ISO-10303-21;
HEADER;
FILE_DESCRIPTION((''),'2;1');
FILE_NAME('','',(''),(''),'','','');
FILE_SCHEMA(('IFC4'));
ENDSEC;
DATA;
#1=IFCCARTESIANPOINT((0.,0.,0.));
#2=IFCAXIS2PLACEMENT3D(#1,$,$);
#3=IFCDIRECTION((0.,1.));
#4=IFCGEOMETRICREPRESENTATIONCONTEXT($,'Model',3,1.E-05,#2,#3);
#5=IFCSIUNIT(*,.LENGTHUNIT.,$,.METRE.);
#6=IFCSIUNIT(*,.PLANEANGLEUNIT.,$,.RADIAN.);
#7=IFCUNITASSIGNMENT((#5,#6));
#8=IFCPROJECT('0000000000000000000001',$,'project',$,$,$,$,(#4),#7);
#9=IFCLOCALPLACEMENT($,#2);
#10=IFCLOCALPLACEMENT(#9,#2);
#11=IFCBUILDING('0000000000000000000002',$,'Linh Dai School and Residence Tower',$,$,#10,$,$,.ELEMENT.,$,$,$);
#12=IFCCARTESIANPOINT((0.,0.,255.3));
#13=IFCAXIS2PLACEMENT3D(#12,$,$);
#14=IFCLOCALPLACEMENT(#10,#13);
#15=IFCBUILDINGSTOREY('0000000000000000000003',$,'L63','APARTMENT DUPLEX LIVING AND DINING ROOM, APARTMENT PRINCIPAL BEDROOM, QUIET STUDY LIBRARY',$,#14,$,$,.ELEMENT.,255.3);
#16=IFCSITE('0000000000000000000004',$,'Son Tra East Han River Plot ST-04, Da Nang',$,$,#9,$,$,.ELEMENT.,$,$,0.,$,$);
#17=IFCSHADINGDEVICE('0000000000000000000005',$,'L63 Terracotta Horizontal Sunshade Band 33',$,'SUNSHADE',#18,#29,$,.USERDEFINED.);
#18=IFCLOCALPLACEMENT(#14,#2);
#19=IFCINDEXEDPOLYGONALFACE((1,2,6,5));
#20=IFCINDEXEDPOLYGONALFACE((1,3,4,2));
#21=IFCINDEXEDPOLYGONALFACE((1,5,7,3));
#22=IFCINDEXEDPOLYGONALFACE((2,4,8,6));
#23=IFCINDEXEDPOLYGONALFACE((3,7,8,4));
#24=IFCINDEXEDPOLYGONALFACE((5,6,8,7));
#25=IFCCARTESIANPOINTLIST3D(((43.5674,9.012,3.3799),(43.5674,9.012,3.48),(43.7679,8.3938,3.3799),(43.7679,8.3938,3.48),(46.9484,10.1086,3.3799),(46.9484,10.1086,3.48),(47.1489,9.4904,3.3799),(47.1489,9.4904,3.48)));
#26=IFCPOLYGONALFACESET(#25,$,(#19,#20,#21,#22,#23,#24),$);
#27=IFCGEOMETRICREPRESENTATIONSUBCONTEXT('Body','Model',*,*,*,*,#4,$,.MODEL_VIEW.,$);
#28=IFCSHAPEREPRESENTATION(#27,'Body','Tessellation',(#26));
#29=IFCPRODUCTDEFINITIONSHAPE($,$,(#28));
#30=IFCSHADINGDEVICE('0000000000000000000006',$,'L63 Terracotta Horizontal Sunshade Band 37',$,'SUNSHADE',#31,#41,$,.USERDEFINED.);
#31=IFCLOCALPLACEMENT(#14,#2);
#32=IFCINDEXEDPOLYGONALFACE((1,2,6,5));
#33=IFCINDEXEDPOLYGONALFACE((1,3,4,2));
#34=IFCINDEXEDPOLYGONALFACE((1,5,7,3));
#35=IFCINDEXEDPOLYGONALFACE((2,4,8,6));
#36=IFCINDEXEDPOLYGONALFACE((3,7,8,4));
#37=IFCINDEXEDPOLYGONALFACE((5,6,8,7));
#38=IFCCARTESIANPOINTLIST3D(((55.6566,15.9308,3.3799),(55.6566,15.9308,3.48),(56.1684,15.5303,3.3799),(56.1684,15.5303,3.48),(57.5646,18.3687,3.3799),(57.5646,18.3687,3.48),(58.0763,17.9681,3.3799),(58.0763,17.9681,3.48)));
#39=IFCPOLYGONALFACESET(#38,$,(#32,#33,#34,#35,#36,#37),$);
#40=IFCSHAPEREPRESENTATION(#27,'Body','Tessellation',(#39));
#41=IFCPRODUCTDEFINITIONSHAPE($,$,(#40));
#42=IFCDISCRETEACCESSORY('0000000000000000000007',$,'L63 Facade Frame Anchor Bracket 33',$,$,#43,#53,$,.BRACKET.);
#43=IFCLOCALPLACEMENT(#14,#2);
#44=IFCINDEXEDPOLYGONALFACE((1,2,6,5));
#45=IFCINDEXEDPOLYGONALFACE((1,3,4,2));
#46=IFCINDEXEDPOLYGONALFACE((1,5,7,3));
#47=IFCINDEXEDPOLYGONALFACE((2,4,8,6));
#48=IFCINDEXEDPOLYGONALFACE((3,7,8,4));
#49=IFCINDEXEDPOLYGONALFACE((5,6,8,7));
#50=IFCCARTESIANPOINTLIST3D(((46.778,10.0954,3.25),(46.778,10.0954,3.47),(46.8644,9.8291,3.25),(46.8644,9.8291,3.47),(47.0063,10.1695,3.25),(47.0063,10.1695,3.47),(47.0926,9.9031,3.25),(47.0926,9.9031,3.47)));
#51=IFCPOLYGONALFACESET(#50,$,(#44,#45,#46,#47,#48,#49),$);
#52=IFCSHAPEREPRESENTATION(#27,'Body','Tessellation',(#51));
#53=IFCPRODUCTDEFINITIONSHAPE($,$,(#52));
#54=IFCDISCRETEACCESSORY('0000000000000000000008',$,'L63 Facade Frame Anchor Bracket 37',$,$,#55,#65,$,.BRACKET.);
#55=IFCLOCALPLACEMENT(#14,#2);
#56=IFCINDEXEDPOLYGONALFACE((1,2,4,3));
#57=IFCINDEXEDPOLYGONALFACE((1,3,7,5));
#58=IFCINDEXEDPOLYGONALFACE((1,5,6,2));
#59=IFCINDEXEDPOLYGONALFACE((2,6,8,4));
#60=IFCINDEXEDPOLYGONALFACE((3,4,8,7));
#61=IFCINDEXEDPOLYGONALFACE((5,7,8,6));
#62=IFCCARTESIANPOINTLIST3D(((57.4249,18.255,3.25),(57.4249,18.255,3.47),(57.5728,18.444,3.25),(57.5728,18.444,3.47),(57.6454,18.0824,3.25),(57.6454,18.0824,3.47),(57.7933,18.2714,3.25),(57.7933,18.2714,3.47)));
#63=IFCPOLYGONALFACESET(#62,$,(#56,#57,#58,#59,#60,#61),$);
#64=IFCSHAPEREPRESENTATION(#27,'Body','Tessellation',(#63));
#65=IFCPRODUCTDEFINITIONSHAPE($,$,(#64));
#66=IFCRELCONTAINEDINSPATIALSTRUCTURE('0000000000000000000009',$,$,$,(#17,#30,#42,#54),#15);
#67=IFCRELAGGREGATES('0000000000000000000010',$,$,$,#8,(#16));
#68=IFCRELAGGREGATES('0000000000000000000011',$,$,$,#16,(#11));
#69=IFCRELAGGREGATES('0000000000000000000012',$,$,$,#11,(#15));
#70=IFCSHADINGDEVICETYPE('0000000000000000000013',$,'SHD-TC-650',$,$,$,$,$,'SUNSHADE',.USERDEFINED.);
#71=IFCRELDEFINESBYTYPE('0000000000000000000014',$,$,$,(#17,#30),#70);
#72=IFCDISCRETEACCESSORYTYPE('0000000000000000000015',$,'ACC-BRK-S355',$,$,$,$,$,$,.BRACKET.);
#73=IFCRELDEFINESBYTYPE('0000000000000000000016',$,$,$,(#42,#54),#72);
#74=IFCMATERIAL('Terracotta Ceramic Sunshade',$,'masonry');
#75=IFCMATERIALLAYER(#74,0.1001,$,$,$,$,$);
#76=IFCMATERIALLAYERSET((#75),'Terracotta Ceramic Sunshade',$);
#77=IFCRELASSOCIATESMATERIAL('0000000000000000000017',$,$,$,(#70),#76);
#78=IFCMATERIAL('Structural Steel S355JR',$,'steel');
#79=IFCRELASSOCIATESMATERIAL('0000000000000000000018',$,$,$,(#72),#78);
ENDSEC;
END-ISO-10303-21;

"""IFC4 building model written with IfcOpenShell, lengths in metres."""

from ifc_helpers import new_model, si_unit, direction, frame, origin, origin_2d, place, context, subcontext, project, spatial, rectangle, extrude, source, transform, mapped, material, layer, layer_set, type_object, element, save


model = new_model("IFC4")

# Units and contexts
model_context = context("Model", 3, precision=1e-05, world=origin(), true_north=direction((0.0, 1.0)))
body_context = subcontext(model_context, "Body", "Model", "MODEL_VIEW")
ifc_project = project(units=[si_unit("LENGTHUNIT", "METRE"), si_unit("PLANEANGLEUNIT", "RADIAN")], contexts=[model_context])

# Site, building, storey
site_placement = place(None, origin())
site = spatial("IfcSite", under=ifc_project, at=site_placement, Name="Son Tra East Han River Plot ST-04, Da Nang", CompositionType="ELEMENT", RefElevation=0.0)
building_placement = place(site_placement, origin())
building = spatial("IfcBuilding", under=site, at=building_placement, Name="Linh Dai School and Residence Tower", CompositionType="ELEMENT")
storey_placement = place(building_placement, frame((0.0, 0.0, 255.3)))
storey = spatial("IfcBuildingStorey", under=building, at=storey_placement, Name="L63", Description="APARTMENT DUPLEX LIVING AND DINING ROOM, APARTMENT PRINCIPAL BEDROOM, QUIET STUDY LIBRARY", CompositionType="ELEMENT", Elevation=255.3)

# Shared definitions
ifc_material_1 = material(Name="Structural Steel S355JR", Category="steel")

# Shading devices
ifc_material_2 = material(Name="Terracotta Ceramic Sunshade", Category="masonry")
ifc_layer_1 = layer(ifc_material_2, 0.1001)
ifc_layer_set_1 = layer_set([ifc_layer_1], Name="Terracotta Ceramic Sunshade")
shading_device_type = type_object("IfcShadingDeviceType", Name="SHD-TC-650", ElementType="SUNSHADE", PredefinedType="USERDEFINED", material=ifc_layer_set_1)
shared_shape_1 = source(origin(), body_context, "Body", "SweptSolid", [
    extrude(rectangle(XDim=3.5544, YDim=0.6499, at=origin_2d()), origin(), (0.0, 0.0, 1.0), 0.1001),
])
shading_device_1_placement = place(storey_placement, frame((45.3582, 9.2512, 3.3799), z_axis=(0.0, 0.0, 1.0), x_axis=(-0.951224, -0.308501, 0.0)))
element("IfcShadingDevice", 1, at=shading_device_1_placement, inside=storey, type_object=shading_device_type, Name="L63 Terracotta Horizontal Sunshade Band 33", ObjectType="SUNSHADE", PredefinedType="USERDEFINED", context=body_context, shape_type="MappedRepresentation", body=[
    mapped(shared_shape_1, transform((0.0, 0.0, 0.0), x_axis=(1.0, 0.0, 0.0), y_axis=(0.0, 1.0, 0.0), z_axis=(0.0, 0.0, 1.0), scale=1.0)),
])
shared_shape_2 = source(origin(), body_context, "Body", "SweptSolid", [
    extrude(rectangle(XDim=3.0957, YDim=0.6499, at=origin_2d()), origin(), (0.0, 0.0, 1.0), 0.1001),
])
shading_device_2_placement = place(storey_placement, frame((56.8665, 16.9495, 3.3799), z_axis=(0.0, 0.0, 1.0), x_axis=(-0.616334, -0.787485, 0.0)))
element("IfcShadingDevice", 2, at=shading_device_2_placement, inside=storey, type_object=shading_device_type, Name="L63 Terracotta Horizontal Sunshade Band 37", ObjectType="SUNSHADE", PredefinedType="USERDEFINED", context=body_context, shape_type="MappedRepresentation", body=[
    mapped(shared_shape_2, transform((0.0, 0.0, 0.0), x_axis=(1.0, 0.0, 0.0), y_axis=(0.0, 1.0, 0.0), z_axis=(0.0, 0.0, 1.0), scale=1.0)),
])

# Discrete accessories
discrete_accessory_type = type_object("IfcDiscreteAccessoryType", Name="ACC-BRK-S355", PredefinedType="BRACKET", material=ifc_material_1)
shared_shape_3 = source(origin(), body_context, "Body", "SweptSolid", [
    extrude(rectangle(XDim=0.28, YDim=0.24, at=origin_2d()), origin(), (0.0, 0.0, 1.0), 0.22),
])
for number, where, z_axis, x_axis, name in (
    (3, (46.9353, 9.9993, 3.25), (0.0, 0.0, 1.0), (0.308501, -0.951224, 0.0), "L63 Facade Frame Anchor Bracket 33"),
    (4, (57.6091, 18.2632, 3.25), (0.0, 0.0, 1.0), (0.787485, -0.616334, 0.0), "L63 Facade Frame Anchor Bracket 37"),
):
    element("IfcDiscreteAccessory", number, at=place(storey_placement, frame(where, z_axis=z_axis, x_axis=x_axis)), inside=storey, type_object=discrete_accessory_type, Name=name, PredefinedType="BRACKET", context=body_context, shape_type="MappedRepresentation", body=[
        mapped(shared_shape_3, transform((0.0, 0.0, 0.0), x_axis=(1.0, 0.0, 0.0), y_axis=(0.0, 1.0, 0.0), z_axis=(0.0, 0.0, 1.0), scale=1.0)),
    ])

save(model, "model.ifc")
